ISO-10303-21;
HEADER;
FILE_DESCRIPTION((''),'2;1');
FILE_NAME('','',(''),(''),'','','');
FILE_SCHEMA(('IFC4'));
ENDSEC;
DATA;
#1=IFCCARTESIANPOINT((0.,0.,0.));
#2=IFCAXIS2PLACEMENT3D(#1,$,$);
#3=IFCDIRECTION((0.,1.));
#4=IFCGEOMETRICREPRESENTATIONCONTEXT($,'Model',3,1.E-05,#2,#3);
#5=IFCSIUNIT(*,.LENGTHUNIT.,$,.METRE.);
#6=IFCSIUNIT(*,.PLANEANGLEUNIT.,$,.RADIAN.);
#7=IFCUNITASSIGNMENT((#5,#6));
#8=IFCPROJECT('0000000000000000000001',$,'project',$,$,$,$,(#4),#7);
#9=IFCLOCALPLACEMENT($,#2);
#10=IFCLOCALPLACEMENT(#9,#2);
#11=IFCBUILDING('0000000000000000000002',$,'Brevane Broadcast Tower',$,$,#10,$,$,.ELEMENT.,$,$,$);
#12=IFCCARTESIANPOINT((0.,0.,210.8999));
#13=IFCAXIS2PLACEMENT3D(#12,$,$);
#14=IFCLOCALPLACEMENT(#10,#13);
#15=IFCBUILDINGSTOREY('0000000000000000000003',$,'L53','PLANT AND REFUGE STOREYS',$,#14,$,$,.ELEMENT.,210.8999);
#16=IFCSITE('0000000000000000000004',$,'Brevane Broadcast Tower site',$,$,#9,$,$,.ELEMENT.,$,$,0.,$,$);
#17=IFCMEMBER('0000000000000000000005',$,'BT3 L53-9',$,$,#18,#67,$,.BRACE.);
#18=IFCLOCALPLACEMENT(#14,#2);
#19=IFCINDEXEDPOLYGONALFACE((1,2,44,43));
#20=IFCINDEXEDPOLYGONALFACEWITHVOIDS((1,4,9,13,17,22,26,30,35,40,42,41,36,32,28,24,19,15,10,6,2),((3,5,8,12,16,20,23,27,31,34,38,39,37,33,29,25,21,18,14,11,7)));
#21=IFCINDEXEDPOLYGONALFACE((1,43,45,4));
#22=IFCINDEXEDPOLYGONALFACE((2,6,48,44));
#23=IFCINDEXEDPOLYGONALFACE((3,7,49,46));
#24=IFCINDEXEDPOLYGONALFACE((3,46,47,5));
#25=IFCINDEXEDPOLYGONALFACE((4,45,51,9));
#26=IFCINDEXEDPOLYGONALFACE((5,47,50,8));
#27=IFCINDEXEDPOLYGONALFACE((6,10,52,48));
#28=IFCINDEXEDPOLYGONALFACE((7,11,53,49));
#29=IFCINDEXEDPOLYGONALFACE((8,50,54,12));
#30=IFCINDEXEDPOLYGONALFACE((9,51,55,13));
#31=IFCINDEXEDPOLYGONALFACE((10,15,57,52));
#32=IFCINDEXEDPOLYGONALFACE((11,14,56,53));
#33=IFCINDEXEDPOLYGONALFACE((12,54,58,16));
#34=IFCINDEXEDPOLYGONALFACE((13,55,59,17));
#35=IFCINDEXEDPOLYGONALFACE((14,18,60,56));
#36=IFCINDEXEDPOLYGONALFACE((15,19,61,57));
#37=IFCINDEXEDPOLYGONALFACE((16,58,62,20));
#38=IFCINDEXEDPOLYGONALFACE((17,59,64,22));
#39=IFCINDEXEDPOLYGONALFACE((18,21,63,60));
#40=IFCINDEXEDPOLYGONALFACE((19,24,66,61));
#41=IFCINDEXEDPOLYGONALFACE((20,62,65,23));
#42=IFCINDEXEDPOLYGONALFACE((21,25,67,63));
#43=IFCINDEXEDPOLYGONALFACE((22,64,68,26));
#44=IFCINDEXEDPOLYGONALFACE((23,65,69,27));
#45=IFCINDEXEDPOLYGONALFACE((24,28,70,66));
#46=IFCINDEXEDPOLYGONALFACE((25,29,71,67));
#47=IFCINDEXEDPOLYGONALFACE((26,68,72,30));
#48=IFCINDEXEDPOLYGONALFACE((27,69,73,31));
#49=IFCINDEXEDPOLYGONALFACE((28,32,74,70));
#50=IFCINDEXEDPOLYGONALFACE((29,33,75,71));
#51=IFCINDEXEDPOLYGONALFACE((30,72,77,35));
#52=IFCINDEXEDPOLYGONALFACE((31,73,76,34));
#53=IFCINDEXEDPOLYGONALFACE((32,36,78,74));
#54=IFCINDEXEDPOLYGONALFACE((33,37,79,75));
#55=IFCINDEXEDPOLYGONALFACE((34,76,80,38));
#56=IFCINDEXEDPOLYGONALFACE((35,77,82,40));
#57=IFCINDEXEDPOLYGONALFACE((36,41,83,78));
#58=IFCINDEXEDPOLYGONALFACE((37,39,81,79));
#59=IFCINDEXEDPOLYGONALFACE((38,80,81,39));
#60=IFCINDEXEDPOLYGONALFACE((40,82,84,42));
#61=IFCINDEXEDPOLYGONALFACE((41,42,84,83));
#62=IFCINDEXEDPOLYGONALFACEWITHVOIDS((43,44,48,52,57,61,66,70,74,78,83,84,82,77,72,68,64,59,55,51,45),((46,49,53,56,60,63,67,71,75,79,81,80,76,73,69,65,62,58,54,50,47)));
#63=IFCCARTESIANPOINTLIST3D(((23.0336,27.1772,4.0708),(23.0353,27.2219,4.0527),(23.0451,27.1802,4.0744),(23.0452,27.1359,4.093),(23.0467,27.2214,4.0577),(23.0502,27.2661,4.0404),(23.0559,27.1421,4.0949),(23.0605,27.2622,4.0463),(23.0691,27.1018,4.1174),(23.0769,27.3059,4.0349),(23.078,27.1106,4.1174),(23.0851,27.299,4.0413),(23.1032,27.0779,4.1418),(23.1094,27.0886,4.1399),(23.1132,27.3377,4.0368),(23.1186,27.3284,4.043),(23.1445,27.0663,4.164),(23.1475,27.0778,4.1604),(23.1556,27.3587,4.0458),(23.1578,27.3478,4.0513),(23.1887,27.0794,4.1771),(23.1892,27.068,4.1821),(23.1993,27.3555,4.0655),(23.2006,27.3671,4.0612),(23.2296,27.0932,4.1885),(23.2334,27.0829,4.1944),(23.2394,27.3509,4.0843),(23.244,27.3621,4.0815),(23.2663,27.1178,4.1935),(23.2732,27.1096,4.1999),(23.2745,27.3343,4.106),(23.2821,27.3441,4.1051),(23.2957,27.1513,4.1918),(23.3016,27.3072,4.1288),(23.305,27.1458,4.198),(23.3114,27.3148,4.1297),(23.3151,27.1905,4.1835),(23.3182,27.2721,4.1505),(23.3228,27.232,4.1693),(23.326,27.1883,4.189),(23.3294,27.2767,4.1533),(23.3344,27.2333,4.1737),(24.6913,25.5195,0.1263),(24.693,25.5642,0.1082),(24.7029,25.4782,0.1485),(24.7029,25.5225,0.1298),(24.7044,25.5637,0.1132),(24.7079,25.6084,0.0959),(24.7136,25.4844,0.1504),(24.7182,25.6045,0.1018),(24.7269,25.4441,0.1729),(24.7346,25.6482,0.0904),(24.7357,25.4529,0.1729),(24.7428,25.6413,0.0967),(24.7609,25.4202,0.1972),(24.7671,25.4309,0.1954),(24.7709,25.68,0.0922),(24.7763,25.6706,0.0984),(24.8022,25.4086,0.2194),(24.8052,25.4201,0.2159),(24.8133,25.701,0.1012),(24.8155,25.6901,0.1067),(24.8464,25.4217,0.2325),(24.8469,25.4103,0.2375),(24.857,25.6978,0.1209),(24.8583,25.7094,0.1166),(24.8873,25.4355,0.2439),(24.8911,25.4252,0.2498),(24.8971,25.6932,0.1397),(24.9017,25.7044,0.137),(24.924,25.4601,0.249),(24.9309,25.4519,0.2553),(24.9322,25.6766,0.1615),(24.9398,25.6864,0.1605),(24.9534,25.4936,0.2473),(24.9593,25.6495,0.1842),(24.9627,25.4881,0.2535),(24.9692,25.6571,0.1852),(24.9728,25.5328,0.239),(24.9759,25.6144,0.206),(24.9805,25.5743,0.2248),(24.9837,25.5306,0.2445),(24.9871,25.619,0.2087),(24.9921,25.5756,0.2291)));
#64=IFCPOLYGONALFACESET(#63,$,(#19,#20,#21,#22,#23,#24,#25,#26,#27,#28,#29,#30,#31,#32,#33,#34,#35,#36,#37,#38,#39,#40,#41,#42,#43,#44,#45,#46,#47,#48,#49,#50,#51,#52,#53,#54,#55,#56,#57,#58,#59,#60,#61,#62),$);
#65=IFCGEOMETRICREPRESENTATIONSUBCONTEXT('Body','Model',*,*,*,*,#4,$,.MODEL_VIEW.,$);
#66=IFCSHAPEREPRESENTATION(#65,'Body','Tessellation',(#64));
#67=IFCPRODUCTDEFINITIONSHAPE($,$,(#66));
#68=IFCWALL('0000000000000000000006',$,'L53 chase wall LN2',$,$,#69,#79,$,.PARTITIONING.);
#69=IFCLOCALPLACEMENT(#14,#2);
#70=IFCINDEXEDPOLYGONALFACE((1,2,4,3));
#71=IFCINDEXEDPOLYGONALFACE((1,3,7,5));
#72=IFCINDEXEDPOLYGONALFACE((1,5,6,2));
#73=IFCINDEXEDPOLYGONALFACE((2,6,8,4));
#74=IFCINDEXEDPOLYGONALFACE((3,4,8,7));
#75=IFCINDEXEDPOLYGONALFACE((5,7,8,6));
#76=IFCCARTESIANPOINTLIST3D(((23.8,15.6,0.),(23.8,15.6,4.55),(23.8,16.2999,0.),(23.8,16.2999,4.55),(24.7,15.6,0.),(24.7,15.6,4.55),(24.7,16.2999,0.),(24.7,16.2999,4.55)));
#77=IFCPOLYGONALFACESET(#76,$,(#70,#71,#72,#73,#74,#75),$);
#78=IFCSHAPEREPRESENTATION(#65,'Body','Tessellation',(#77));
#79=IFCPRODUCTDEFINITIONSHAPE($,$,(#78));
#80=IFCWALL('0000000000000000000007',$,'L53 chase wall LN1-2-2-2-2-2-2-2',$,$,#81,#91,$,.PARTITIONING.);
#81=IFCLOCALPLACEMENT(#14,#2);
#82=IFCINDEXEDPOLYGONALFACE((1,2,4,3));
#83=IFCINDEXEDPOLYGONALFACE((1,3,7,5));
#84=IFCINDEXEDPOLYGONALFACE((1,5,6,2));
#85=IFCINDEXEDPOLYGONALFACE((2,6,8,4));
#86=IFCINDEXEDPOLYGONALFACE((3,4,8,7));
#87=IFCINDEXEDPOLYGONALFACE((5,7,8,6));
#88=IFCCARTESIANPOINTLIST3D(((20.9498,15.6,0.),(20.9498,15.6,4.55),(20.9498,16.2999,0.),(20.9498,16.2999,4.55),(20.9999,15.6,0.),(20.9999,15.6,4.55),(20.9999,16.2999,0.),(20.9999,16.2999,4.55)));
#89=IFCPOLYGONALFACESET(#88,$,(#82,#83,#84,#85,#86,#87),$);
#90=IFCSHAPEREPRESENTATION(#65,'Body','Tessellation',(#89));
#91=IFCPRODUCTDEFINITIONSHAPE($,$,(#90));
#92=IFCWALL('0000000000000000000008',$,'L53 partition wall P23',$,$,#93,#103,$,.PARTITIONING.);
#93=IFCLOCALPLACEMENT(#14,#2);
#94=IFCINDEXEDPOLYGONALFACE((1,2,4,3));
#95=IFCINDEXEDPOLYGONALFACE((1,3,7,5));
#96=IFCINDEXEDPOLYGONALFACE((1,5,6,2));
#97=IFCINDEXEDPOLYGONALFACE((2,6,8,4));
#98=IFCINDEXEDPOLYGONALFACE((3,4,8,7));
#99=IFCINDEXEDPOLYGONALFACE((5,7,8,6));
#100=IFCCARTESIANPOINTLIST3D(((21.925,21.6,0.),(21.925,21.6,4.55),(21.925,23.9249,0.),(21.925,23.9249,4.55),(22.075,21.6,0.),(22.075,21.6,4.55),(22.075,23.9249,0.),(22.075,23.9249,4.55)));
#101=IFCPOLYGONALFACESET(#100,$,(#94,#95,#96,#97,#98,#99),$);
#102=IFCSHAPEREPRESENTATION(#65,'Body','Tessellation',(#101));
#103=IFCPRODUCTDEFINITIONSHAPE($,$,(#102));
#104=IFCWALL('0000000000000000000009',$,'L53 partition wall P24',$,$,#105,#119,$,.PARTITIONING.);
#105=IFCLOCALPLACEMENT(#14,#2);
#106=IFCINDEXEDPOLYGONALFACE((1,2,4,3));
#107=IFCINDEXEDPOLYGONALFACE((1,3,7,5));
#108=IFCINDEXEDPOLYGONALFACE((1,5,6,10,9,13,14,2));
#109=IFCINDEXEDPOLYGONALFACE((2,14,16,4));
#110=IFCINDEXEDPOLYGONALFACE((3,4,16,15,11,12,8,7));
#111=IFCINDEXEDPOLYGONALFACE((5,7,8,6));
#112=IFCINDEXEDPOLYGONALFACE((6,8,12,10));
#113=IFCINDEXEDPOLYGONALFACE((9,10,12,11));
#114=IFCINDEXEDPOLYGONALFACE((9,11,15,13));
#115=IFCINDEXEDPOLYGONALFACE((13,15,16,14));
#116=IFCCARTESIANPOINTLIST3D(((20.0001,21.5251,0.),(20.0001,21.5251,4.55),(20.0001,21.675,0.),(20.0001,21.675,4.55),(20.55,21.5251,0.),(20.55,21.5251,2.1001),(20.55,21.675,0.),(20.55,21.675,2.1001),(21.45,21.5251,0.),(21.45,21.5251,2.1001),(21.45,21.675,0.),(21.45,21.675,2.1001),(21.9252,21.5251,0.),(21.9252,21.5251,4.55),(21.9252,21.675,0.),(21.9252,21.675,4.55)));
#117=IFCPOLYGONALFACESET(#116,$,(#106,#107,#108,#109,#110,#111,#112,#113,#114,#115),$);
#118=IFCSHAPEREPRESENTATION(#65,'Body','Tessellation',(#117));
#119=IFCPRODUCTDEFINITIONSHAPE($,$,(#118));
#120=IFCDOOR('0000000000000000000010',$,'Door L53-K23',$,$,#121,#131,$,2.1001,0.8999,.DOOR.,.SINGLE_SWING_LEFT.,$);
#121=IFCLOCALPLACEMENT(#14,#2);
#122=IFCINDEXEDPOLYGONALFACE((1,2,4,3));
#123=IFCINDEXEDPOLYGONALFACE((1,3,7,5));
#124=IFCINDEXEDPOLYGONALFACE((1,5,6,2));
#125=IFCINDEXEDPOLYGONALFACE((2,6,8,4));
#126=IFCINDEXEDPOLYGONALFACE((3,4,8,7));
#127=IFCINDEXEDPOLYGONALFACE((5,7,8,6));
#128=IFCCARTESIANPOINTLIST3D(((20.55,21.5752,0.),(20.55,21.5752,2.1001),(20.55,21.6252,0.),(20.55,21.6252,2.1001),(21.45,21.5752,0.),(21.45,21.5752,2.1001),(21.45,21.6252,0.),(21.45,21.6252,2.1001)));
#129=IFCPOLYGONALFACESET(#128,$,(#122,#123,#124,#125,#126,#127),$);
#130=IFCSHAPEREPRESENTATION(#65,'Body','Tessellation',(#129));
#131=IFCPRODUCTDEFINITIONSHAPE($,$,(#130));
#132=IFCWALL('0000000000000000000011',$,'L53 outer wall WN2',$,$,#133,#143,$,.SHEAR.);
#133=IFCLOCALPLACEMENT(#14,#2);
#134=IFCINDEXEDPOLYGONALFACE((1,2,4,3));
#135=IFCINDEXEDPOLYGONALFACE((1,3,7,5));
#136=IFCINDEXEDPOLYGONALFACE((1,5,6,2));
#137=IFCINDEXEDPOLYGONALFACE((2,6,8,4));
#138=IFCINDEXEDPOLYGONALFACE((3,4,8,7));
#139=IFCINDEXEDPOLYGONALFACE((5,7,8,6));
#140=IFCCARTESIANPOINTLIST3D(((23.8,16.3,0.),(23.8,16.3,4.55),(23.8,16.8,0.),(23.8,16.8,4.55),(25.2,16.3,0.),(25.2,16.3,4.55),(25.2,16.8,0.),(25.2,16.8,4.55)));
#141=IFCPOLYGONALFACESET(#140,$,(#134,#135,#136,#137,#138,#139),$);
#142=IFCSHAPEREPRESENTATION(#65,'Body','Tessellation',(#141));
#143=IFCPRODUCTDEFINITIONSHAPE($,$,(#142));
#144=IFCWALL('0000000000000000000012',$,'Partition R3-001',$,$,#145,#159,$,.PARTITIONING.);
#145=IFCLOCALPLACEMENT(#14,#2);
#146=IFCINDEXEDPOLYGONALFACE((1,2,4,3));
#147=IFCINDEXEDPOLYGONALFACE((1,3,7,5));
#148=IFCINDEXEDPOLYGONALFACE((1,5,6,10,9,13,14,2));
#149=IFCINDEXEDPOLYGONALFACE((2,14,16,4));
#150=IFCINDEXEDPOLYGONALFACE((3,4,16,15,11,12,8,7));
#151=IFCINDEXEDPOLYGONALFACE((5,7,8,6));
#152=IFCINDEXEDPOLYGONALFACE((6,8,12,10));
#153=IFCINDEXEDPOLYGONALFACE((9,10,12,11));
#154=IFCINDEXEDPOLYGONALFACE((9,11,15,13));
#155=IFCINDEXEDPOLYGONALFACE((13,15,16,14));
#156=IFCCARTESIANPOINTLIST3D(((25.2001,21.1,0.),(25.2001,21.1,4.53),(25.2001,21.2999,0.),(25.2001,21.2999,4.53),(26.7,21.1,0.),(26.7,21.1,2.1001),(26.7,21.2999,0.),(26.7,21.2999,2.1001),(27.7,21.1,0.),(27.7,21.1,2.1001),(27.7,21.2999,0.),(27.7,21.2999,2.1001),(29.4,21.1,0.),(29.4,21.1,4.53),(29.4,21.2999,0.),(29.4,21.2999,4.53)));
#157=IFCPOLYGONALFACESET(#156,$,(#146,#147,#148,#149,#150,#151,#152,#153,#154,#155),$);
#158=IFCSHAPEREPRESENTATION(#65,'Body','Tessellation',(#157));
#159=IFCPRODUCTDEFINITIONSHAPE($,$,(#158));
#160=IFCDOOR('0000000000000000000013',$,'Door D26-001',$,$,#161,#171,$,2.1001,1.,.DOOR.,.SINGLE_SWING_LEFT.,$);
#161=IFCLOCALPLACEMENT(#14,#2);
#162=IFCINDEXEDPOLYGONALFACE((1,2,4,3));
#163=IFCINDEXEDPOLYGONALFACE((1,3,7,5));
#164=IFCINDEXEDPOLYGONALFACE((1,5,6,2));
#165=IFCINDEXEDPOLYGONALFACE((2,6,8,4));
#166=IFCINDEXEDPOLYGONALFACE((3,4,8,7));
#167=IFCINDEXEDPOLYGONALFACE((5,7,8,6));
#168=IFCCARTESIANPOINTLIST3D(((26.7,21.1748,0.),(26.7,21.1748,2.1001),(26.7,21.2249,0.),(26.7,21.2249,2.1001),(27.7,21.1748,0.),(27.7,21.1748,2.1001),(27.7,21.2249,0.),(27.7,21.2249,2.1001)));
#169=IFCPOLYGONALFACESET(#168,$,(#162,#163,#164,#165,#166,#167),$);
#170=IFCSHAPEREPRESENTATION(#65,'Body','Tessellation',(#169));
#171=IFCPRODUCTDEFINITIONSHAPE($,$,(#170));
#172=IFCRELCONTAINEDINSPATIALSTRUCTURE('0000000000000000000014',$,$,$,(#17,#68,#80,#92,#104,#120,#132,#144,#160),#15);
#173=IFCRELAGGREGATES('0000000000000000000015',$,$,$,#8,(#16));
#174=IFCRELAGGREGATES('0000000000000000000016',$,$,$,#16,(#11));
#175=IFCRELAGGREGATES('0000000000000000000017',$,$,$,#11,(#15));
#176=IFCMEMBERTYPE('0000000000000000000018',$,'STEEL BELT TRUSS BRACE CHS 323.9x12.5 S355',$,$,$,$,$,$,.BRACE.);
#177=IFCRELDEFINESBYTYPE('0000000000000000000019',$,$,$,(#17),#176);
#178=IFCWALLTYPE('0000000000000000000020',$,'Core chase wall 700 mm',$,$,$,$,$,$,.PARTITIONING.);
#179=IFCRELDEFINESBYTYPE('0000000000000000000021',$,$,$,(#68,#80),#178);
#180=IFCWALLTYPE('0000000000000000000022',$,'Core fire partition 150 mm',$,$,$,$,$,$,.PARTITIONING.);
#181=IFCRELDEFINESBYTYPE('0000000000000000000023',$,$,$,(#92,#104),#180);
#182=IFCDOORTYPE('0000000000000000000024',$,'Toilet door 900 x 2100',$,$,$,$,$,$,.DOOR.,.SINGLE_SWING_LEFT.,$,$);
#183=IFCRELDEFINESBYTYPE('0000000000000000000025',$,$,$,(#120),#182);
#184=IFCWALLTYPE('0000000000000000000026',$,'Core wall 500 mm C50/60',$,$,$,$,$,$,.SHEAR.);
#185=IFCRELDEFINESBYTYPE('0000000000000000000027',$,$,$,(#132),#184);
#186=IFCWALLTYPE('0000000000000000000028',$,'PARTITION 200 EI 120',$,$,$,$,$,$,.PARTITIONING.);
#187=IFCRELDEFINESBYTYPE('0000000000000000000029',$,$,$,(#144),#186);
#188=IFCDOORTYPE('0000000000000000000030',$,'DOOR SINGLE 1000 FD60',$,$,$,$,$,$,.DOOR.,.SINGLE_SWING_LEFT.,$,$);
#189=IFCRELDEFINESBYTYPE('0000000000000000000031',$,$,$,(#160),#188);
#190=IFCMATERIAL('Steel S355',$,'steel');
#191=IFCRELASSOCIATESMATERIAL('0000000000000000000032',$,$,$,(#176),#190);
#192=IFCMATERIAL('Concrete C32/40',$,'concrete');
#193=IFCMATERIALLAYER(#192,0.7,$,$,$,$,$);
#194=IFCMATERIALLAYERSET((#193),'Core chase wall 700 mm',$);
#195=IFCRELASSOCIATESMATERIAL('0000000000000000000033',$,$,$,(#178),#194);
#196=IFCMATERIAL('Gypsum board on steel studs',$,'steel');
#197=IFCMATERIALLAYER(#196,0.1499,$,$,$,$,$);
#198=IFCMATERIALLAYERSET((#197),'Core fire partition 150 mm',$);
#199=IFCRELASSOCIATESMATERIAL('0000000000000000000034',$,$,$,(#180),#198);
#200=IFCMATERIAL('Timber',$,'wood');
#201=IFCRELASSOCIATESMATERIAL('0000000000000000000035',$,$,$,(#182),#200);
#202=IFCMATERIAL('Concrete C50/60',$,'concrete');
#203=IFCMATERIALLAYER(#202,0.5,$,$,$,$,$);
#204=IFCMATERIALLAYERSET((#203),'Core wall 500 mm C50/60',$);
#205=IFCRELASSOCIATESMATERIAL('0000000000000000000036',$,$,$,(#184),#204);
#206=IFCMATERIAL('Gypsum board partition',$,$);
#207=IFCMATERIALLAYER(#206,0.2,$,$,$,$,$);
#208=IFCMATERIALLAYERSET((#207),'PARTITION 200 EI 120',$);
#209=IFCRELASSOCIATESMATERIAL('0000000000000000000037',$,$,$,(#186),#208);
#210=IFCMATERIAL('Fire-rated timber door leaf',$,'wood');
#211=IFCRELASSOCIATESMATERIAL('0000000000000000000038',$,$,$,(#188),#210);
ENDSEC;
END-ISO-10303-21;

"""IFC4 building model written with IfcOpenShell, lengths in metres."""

from ifc_helpers import new_model, si_unit, direction, frame, frame_2d, origin, origin_2d, place, context, subcontext, project, spatial, rectangle, hollow_circle, extrude, material, layer, layer_set, material_profile, profile_set, type_object, element, fill, save


model = new_model("IFC4")

# Units and contexts
model_context = context("Model", 3, precision=1e-05, world=origin(), true_north=direction((0.0, 1.0)))
body_context = subcontext(model_context, "Body", "Model", "MODEL_VIEW")
ifc_project = project(units=[si_unit("LENGTHUNIT", "METRE"), si_unit("PLANEANGLEUNIT", "RADIAN")], contexts=[model_context])

# Site, building, storey
site_placement = place(None, origin())
site = spatial("IfcSite", under=ifc_project, at=site_placement, Name="Brevane Broadcast Tower site", CompositionType="ELEMENT", RefElevation=0.0)
building_placement = place(site_placement, origin())
building = spatial("IfcBuilding", under=site, at=building_placement, Name="Brevane Broadcast Tower", CompositionType="ELEMENT")
storey_placement = place(building_placement, frame((0.0, 0.0, 210.8999)))
storey = spatial("IfcBuildingStorey", under=building, at=storey_placement, Name="L53", Description="PLANT AND REFUGE STOREYS", CompositionType="ELEMENT", Elevation=210.8999)

# Shared definitions
ifc_material_1 = material(Name="Concrete C50/60", Category="concrete")

# Member
ifc_material_2 = material(Name="Steel S355", Category="steel")
ifc_material_profile_1 = material_profile(ifc_material_2, hollow_circle(Radius=0.1619, WallThickness=0.0125, at=origin_2d()), Name="CHS 323.9x12.5")
ifc_profile_set_1 = profile_set([ifc_material_profile_1], Name="Steel S355")
member_type_1 = type_object("IfcMemberType", Name="STEEL BELT TRUSS BRACE CHS 323.9x12.5 S355", PredefinedType="BRACE", material=ifc_profile_set_1)
member_1_placement = place(storey_placement, frame((24.8413, 25.5586, 0.1729), z_axis=(-0.361264, 0.361264, 0.859638), x_axis=(-0.707107, -0.707107, 0.0)))
element("IfcMember", 1, at=member_1_placement, inside=storey, type_object=member_type_1, Name="BT3 L53-9", PredefinedType="BRACE", context=body_context, shape_type="SweptSolid", body=[
    extrude(hollow_circle(Radius=0.1619, WallThickness=0.0125, at=origin_2d()), origin(), (0.0, 0.0, 1.0), 4.5886),
])

# Walls
ifc_material_3 = material(Name="Concrete C32/40", Category="concrete")
ifc_layer_1 = layer(ifc_material_3, 0.7)
ifc_layer_set_1 = layer_set([ifc_layer_1], Name="Core chase wall 700 mm")
wall_type_1 = type_object("IfcWallType", Name="Core chase wall 700 mm", PredefinedType="PARTITIONING", material=ifc_layer_set_1)
wall_1_placement = place(storey_placement, frame((23.8, 15.95, 0.0), z_axis=(0.0, 0.0, 1.0), x_axis=(1.0, 0.0, 0.0)))
element("IfcWall", 2, at=wall_1_placement, inside=storey, type_object=wall_type_1, Name="L53 chase wall LN2", PredefinedType="PARTITIONING", context=body_context, shape_type="SweptSolid", body=[
    extrude(rectangle(XDim=0.8999, YDim=0.7, at=frame_2d((0.45, 0.0))), origin(), (0.0, 0.0, 1.0), 4.55),
])
wall_2_placement = place(storey_placement, frame((20.95, 15.95, 0.0), z_axis=(0.0, 0.0, 1.0), x_axis=(1.0, 0.0, 0.0)))
element("IfcWall", 3, at=wall_2_placement, inside=storey, type_object=wall_type_1, Name="L53 chase wall LN1-2-2-2-2-2-2-2", PredefinedType="PARTITIONING", context=body_context, shape_type="SweptSolid", body=[
    extrude(rectangle(XDim=0.05, YDim=0.7, at=frame_2d((0.0249, 0.0))), origin(), (0.0, 0.0, 1.0), 4.55),
])
ifc_material_4 = material(Name="Gypsum board on steel studs", Category="steel")
ifc_layer_2 = layer(ifc_material_4, 0.1499)
ifc_layer_set_2 = layer_set([ifc_layer_2], Name="Core fire partition 150 mm")
wall_type_2 = type_object("IfcWallType", Name="Core fire partition 150 mm", PredefinedType="PARTITIONING", material=ifc_layer_set_2)
wall_3_placement = place(storey_placement, frame((22.0, 23.925, 0.0), z_axis=(0.0, 0.0, 1.0), x_axis=(0.0, -1.0, 0.0)))
element("IfcWall", 4, at=wall_3_placement, inside=storey, type_object=wall_type_2, Name="L53 partition wall P23", PredefinedType="PARTITIONING", context=body_context, shape_type="SweptSolid", body=[
    extrude(rectangle(XDim=2.325, YDim=0.1499, at=frame_2d((1.1626, 0.0))), origin(), (0.0, 0.0, 1.0), 4.55),
])

# Wall, opening, door
wall_4_placement = place(storey_placement, frame((21.925, 21.6001, 0.0), z_axis=(0.0, 0.0, 1.0), x_axis=(-1.0, 0.0, 0.0)))
wall_4 = element("IfcWall", 5, at=wall_4_placement, inside=storey, type_object=wall_type_2, Name="L53 partition wall P24", PredefinedType="PARTITIONING", context=body_context, shape_type="SweptSolid", body=[
    extrude(rectangle(XDim=1.925, YDim=0.1499, at=frame_2d((0.9624, 0.0))), origin(), (0.0, 0.0, 1.0), 4.55),
])
opening_1_placement = place(wall_4_placement, frame((0.4751, 0.0, 0.0)))
opening_1 = element("IfcOpeningElement", 6, at=opening_1_placement, cuts=wall_4, PredefinedType="OPENING", context=body_context, shape_type="SweptSolid", body=[
    extrude(rectangle(XDim=0.8999, YDim=2.1001, at=frame_2d((0.45, 1.05))), frame((0.0, 0.085, 0.0), z_axis=(0.0, -1.0, 0.0), x_axis=(1.0, 0.0, 0.0)), (0.0, 0.0, 1.0), 0.1699),
])
ifc_material_5 = material(Name="Timber", Category="wood")
door_type_1 = type_object("IfcDoorType", Name="Toilet door 900 x 2100", OperationType="SINGLE_SWING_LEFT", PredefinedType="DOOR", material=ifc_material_5)
door_1_placement = place(opening_1_placement, origin())
door_1 = element("IfcDoor", 7, at=door_1_placement, inside=storey, type_object=door_type_1, Name="Door L53-K23", OperationType="SINGLE_SWING_LEFT", OverallHeight=2.1001, OverallWidth=0.8999, PredefinedType="DOOR", context=body_context, shape_type="SweptSolid", body=[
    extrude(rectangle(XDim=0.8999, YDim=2.1001, at=frame_2d((0.45, 1.05))), frame((0.0, 0.0249, 0.0), z_axis=(0.0, -1.0, 0.0), x_axis=(1.0, 0.0, 0.0)), (0.0, 0.0, 1.0), 0.05),
])
fill(opening_1, door_1)

# Wall
ifc_layer_3 = layer(ifc_material_1, 0.5)
ifc_layer_set_3 = layer_set([ifc_layer_3], Name="Core wall 500 mm C50/60")
wall_type_3 = type_object("IfcWallType", Name="Core wall 500 mm C50/60", PredefinedType="SHEAR", material=ifc_layer_set_3)
wall_5_placement = place(storey_placement, frame((23.8, 16.55, 0.0), z_axis=(0.0, 0.0, 1.0), x_axis=(1.0, 0.0, 0.0)))
element("IfcWall", 8, at=wall_5_placement, inside=storey, type_object=wall_type_3, Name="L53 outer wall WN2", PredefinedType="SHEAR", context=body_context, shape_type="SweptSolid", body=[
    extrude(rectangle(XDim=1.3999, YDim=0.5, at=frame_2d((0.7, 0.0))), origin(), (0.0, 0.0, 1.0), 4.55),
])

# Wall, opening, door
ifc_material_6 = material(Name="Gypsum board partition")
ifc_layer_4 = layer(ifc_material_6, 0.2)
ifc_layer_set_4 = layer_set([ifc_layer_4], Name="PARTITION 200 EI 120")
wall_type_4 = type_object("IfcWallType", Name="PARTITION 200 EI 120", PredefinedType="PARTITIONING", material=ifc_layer_set_4)
wall_6_placement = place(storey_placement, frame((25.2, 21.2, 0.0), z_axis=(0.0, 0.0, 1.0), x_axis=(1.0, 0.0, 0.0)))
wall_6 = element("IfcWall", 9, at=wall_6_placement, inside=storey, type_object=wall_type_4, Name="Partition R3-001", PredefinedType="PARTITIONING", context=body_context, shape_type="SweptSolid", body=[
    extrude(rectangle(XDim=4.2, YDim=0.2, at=frame_2d((2.1001, 0.0))), origin(), (0.0, 0.0, 1.0), 4.53),
])
opening_2_placement = place(wall_6_placement, frame((1.5, 0.0, 0.0)))
opening_2 = element("IfcOpeningElement", 10, at=opening_2_placement, cuts=wall_6, PredefinedType="OPENING", context=body_context, shape_type="SweptSolid", body=[
    extrude(rectangle(XDim=1.0, YDim=2.1001, at=frame_2d((0.5, 1.05))), frame((0.0, 0.1099, 0.0), z_axis=(0.0, -1.0, 0.0), x_axis=(1.0, 0.0, 0.0)), (0.0, 0.0, 1.0), 0.22),
])
ifc_material_7 = material(Name="Fire-rated timber door leaf", Category="wood")
door_type_2 = type_object("IfcDoorType", Name="DOOR SINGLE 1000 FD60", OperationType="SINGLE_SWING_LEFT", PredefinedType="DOOR", material=ifc_material_7)
door_2_placement = place(opening_2_placement, origin())
door_2 = element("IfcDoor", 11, at=door_2_placement, inside=storey, type_object=door_type_2, Name="Door D26-001", OperationType="SINGLE_SWING_LEFT", OverallHeight=2.1001, OverallWidth=1.0, PredefinedType="DOOR", context=body_context, shape_type="SweptSolid", body=[
    extrude(rectangle(XDim=1.0, YDim=2.1001, at=frame_2d((0.5, 1.05))), frame((0.0, 0.0249, 0.0), z_axis=(0.0, -1.0, 0.0), x_axis=(1.0, 0.0, 0.0)), (0.0, 0.0, 1.0), 0.05),
])
fill(opening_2, door_2)

save(model, "model.ifc")
